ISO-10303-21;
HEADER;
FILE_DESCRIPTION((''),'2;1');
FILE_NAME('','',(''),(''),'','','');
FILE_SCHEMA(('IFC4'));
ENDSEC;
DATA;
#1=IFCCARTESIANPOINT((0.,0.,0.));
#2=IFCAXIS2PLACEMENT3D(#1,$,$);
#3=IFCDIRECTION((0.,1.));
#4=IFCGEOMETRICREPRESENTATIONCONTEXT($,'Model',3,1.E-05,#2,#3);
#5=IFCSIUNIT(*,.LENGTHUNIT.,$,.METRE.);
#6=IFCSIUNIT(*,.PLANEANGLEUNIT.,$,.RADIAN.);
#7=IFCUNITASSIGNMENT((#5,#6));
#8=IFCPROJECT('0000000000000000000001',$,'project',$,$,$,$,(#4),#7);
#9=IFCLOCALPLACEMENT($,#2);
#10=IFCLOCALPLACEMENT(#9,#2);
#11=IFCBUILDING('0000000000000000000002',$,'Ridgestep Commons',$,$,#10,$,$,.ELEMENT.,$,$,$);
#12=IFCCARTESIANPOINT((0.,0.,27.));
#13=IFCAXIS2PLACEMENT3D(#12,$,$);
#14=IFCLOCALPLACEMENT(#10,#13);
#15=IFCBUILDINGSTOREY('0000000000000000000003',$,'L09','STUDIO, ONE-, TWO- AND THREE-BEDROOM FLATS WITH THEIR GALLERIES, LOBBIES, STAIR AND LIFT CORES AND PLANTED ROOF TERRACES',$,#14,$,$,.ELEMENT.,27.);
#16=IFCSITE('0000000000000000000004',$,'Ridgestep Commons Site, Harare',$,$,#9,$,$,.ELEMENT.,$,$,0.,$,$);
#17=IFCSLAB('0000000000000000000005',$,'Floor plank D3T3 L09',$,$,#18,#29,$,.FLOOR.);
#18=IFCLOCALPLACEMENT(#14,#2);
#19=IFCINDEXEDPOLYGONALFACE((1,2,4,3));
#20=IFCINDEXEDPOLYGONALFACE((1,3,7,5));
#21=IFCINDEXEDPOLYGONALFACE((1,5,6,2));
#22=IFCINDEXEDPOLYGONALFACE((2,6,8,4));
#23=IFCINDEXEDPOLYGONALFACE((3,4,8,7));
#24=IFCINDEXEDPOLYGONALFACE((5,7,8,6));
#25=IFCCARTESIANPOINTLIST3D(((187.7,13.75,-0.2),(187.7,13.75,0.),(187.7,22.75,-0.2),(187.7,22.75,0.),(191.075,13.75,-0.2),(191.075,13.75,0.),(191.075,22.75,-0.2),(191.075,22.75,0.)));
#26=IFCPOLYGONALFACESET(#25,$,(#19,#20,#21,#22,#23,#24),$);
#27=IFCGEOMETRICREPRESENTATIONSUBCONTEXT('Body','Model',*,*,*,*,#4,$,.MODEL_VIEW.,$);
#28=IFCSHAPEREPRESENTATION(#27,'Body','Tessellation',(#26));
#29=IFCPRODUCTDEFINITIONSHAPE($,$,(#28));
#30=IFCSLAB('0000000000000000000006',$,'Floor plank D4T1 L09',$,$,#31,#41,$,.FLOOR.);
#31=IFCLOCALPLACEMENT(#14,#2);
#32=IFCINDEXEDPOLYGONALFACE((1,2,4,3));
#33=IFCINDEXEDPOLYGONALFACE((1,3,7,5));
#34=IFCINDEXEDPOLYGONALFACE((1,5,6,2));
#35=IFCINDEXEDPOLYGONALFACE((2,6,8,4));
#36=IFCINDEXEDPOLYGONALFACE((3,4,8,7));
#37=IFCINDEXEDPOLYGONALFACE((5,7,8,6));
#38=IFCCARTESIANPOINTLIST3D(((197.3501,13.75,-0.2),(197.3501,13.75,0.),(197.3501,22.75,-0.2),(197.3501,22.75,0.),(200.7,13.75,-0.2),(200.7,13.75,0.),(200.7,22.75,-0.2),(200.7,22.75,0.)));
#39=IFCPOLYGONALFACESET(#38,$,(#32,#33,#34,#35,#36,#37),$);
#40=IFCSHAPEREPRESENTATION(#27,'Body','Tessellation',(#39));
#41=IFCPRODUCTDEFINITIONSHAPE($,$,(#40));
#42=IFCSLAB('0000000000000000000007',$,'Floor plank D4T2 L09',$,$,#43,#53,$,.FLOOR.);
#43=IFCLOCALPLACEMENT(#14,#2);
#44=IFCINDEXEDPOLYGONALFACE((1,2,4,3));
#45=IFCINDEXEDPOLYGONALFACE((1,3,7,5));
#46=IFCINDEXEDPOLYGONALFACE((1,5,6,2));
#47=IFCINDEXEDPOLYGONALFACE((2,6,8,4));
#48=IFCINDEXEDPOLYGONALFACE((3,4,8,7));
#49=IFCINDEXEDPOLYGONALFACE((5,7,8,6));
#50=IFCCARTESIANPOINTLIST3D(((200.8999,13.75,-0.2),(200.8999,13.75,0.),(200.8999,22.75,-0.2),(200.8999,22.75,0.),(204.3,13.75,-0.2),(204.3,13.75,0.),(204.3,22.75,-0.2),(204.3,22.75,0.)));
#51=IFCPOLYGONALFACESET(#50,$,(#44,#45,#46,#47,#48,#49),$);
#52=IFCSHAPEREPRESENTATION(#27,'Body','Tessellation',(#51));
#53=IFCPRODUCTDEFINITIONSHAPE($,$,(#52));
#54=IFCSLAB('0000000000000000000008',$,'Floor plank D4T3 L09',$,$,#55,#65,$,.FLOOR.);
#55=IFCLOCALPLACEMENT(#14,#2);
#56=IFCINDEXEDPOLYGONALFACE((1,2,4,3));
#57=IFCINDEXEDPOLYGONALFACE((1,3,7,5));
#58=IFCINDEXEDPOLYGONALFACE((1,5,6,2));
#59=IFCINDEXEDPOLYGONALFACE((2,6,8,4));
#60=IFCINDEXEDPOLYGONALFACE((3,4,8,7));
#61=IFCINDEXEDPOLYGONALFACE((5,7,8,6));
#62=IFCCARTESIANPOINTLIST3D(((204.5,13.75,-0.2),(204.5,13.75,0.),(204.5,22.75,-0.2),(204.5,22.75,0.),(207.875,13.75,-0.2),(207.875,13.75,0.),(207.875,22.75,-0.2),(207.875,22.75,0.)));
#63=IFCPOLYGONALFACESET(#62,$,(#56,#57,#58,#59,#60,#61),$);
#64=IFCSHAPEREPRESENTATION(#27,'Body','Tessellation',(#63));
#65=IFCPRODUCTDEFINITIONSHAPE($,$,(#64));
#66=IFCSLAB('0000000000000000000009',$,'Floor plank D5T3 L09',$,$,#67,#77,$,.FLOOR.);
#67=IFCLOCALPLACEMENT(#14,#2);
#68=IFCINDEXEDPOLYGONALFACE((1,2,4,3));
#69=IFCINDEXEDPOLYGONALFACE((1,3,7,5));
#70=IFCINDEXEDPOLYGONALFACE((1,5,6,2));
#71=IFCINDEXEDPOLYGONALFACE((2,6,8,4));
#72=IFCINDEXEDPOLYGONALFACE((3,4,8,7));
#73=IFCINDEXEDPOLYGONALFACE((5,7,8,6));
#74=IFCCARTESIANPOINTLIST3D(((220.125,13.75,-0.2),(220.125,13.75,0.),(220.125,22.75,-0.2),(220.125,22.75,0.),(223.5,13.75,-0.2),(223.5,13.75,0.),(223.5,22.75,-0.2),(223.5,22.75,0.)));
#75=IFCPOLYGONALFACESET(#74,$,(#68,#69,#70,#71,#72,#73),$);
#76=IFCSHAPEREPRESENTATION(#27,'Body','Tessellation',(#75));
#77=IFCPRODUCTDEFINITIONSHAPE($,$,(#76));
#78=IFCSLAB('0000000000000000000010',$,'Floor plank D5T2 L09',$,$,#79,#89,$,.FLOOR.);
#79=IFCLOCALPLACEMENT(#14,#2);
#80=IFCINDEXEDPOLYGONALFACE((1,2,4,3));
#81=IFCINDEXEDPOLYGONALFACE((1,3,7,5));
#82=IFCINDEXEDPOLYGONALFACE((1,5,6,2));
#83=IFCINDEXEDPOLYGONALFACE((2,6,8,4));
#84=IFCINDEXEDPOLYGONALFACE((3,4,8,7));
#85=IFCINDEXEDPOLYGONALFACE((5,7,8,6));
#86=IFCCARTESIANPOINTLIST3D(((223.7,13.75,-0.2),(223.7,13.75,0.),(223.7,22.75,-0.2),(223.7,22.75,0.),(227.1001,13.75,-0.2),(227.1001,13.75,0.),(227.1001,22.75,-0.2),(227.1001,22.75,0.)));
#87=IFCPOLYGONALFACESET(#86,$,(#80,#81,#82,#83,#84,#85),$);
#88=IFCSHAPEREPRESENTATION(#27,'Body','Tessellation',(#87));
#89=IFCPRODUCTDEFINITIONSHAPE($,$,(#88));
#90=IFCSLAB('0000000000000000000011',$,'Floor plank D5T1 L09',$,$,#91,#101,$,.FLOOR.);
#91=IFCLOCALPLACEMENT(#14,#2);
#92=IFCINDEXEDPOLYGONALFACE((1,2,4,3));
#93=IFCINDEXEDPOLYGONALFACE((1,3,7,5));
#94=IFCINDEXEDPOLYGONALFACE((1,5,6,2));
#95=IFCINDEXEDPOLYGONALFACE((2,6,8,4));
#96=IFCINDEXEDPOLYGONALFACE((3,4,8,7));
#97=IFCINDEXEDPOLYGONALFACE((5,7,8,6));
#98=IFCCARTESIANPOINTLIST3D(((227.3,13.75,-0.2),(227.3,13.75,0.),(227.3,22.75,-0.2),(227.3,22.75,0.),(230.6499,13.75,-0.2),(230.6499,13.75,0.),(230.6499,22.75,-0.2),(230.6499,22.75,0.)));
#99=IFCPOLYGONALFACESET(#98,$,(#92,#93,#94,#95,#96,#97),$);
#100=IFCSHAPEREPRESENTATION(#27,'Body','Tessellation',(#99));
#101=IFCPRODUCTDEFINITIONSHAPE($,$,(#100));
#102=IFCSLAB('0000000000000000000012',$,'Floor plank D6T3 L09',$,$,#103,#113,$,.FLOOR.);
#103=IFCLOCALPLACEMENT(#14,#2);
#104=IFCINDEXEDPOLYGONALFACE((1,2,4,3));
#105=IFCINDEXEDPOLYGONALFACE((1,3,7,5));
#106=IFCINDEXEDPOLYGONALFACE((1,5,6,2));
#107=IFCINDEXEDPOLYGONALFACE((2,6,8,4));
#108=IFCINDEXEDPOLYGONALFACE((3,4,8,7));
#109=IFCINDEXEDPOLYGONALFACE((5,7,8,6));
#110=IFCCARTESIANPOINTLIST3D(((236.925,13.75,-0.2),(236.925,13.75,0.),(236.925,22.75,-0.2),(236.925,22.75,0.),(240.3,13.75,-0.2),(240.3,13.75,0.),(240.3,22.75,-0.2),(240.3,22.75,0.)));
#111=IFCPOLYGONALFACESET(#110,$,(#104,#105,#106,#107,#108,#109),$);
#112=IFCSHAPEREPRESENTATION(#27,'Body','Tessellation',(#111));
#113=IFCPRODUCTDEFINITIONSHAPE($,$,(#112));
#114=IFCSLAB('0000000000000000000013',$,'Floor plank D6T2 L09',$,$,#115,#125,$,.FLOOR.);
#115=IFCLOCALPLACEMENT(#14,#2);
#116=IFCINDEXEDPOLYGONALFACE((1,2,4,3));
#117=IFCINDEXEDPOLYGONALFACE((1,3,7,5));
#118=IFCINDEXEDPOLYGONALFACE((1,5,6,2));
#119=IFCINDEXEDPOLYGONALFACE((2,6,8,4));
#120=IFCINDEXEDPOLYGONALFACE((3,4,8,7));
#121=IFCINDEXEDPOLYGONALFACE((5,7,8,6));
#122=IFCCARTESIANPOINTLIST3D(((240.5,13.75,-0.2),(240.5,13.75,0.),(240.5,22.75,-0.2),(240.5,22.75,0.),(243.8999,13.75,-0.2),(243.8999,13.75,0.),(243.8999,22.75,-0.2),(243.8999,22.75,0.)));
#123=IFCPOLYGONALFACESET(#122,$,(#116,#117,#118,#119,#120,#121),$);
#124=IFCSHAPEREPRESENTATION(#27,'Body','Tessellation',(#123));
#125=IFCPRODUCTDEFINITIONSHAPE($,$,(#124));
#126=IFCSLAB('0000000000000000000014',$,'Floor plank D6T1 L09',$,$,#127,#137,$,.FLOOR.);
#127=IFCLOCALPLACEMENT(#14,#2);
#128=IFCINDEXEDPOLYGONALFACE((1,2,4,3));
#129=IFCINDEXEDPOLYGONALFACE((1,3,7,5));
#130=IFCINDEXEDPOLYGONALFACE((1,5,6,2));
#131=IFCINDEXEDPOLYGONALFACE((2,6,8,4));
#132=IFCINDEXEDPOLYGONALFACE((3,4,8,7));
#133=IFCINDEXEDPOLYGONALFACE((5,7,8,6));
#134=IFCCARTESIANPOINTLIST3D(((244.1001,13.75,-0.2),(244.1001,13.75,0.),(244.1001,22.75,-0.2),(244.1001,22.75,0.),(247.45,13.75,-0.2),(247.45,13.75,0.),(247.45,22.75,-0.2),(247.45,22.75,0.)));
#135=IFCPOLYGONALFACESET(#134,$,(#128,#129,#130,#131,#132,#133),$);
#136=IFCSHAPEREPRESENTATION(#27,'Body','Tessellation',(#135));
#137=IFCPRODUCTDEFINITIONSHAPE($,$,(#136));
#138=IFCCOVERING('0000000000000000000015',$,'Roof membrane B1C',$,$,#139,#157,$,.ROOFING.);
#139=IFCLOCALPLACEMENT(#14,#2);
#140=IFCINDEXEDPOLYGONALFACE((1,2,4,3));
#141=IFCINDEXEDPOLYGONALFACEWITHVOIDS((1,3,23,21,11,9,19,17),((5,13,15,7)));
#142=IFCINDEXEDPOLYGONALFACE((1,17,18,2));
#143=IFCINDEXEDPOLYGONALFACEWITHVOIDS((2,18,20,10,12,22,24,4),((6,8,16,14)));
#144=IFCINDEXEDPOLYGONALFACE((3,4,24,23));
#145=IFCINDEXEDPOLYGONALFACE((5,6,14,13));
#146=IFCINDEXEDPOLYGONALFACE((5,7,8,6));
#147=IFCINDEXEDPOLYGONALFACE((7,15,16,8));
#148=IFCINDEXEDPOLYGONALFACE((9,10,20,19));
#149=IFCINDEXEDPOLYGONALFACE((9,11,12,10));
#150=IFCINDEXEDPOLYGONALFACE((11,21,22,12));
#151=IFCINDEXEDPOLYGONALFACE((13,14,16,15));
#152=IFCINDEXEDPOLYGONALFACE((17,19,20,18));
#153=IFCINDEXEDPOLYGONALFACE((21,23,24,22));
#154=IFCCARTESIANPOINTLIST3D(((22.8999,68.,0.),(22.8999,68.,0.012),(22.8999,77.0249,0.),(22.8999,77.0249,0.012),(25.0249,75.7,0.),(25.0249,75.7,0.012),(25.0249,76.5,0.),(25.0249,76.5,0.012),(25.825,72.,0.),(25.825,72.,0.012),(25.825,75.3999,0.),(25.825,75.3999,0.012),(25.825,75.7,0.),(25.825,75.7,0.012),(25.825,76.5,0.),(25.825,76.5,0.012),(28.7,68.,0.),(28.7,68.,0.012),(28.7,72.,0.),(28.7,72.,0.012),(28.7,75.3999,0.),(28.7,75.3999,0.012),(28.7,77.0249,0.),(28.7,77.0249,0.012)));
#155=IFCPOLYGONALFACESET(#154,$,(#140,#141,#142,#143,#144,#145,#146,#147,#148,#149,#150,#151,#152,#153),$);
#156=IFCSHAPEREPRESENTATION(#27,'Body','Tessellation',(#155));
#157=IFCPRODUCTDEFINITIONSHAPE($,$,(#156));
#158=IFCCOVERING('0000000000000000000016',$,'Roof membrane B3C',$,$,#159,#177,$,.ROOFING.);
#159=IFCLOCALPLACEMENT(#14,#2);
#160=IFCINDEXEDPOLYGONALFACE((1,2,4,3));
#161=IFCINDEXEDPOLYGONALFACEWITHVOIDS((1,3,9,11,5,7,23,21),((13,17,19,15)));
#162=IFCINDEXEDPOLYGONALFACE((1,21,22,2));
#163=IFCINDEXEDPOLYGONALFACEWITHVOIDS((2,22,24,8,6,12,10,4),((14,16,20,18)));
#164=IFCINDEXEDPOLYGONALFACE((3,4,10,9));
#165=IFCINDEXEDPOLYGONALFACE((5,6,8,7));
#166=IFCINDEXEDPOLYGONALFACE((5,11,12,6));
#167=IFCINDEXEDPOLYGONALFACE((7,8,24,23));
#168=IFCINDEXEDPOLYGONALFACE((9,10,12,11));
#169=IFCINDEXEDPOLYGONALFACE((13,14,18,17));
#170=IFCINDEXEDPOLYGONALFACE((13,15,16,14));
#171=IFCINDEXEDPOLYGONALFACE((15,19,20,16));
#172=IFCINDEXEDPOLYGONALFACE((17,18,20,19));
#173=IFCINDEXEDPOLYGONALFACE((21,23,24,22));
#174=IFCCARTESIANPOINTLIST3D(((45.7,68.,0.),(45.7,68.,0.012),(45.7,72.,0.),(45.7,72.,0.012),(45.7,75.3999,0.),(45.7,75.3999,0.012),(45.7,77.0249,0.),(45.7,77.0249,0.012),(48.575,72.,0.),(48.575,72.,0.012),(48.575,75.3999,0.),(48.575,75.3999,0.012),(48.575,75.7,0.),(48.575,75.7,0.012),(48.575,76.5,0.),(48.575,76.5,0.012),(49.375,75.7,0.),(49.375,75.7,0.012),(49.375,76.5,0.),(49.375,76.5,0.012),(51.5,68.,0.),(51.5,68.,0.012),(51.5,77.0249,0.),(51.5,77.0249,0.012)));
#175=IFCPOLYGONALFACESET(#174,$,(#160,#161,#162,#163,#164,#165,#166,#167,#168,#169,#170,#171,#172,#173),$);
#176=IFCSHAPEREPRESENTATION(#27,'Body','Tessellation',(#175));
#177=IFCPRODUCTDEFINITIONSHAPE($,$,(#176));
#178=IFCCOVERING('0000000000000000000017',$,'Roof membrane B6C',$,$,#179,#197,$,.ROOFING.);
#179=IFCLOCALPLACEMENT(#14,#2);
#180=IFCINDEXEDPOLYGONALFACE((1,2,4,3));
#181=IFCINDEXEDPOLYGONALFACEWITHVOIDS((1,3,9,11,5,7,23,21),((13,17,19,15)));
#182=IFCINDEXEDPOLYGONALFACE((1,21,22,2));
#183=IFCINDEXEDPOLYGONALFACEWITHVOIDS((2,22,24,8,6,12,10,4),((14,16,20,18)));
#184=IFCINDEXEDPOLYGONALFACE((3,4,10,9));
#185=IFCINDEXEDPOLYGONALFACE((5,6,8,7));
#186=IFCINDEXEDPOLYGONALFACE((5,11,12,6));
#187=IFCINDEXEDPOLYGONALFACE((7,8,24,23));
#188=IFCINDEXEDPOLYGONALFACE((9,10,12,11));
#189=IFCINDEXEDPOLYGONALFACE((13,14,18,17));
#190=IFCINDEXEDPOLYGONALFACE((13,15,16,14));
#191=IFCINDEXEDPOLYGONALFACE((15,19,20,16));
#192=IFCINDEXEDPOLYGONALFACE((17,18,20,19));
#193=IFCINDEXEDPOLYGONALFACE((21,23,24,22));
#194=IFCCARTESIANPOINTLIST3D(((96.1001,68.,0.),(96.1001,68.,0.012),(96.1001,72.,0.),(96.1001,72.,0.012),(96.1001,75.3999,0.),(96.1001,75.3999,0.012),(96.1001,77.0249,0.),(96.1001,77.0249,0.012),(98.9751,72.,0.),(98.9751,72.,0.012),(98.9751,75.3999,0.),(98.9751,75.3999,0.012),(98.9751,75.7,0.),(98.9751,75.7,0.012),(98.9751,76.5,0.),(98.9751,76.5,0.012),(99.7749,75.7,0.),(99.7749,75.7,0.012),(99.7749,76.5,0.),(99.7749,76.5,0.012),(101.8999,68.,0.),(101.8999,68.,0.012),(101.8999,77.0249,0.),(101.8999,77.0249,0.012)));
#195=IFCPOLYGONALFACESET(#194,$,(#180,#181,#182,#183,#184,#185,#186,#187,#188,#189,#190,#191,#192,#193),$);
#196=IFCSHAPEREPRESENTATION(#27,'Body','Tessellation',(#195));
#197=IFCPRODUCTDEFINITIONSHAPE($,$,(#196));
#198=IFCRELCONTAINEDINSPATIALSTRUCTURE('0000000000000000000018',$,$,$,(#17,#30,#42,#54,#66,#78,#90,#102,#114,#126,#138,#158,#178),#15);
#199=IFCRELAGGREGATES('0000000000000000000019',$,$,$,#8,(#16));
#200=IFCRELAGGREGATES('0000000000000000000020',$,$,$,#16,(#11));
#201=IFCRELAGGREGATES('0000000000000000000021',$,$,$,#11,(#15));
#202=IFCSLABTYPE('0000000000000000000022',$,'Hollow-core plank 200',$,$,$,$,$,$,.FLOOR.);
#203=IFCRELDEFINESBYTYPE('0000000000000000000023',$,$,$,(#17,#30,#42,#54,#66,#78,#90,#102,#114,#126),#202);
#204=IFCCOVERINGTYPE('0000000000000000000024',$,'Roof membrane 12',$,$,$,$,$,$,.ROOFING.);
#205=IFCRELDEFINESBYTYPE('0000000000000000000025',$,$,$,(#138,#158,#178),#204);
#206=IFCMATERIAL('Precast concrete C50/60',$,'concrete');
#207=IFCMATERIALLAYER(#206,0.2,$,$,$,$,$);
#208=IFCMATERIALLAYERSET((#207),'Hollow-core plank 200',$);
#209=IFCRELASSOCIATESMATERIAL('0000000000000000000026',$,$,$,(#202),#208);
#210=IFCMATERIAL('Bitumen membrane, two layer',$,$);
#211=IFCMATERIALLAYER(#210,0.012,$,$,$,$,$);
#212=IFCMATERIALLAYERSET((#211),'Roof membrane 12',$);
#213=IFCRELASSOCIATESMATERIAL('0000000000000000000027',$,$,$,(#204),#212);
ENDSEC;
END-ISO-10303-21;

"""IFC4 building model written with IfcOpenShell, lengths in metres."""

from ifc_helpers import new_model, si_unit, direction, frame, origin, place, context, subcontext, project, spatial, polyline, outline, extrude, material, layer, layer_set, type_object, element, save


model = new_model("IFC4")

# Units and contexts
model_context = context("Model", 3, precision=1e-05, world=origin(), true_north=direction((0.0, 1.0)))
body_context = subcontext(model_context, "Body", "Model", "MODEL_VIEW")
ifc_project = project(units=[si_unit("LENGTHUNIT", "METRE"), si_unit("PLANEANGLEUNIT", "RADIAN")], contexts=[model_context])

# Site, building, storey
site_placement = place(None, origin())
site = spatial("IfcSite", under=ifc_project, at=site_placement, Name="Ridgestep Commons Site, Harare", CompositionType="ELEMENT", RefElevation=0.0)
building_placement = place(site_placement, origin())
building = spatial("IfcBuilding", under=site, at=building_placement, Name="Ridgestep Commons", CompositionType="ELEMENT")
storey_placement = place(building_placement, frame((0.0, 0.0, 27.0)))
storey = spatial("IfcBuildingStorey", under=building, at=storey_placement, Name="L09", Description="STUDIO, ONE-, TWO- AND THREE-BEDROOM FLATS WITH THEIR GALLERIES, LOBBIES, STAIR AND LIFT CORES AND PLANTED ROOF TERRACES", CompositionType="ELEMENT", Elevation=27.0)

# Slabs
ifc_material_1 = material(Name="Precast concrete C50/60", Category="concrete")
ifc_layer_1 = layer(ifc_material_1, 0.2)
ifc_layer_set_1 = layer_set([ifc_layer_1], Name="Hollow-core plank 200")
slab_type_1 = type_object("IfcSlabType", Name="Hollow-core plank 200", PredefinedType="FLOOR", material=ifc_layer_set_1)
slab_1_placement = place(storey_placement, frame((0.0, 0.0, -0.2)))
element("IfcSlab", 1, at=slab_1_placement, inside=storey, type_object=slab_type_1, Name="Floor plank D3T3 L09", PredefinedType="FLOOR", context=body_context, shape_type="SweptSolid", body=[
    extrude(outline(polyline([(191.075, 13.75), (191.075, 22.75), (187.7, 22.75), (187.7, 13.75), (191.075, 13.75)])), origin(), (0.0, 0.0, 1.0), 0.2),
])
slab_2_placement = place(storey_placement, frame((0.0, 0.0, -0.2)))
element("IfcSlab", 2, at=slab_2_placement, inside=storey, type_object=slab_type_1, Name="Floor plank D4T1 L09", PredefinedType="FLOOR", context=body_context, shape_type="SweptSolid", body=[
    extrude(outline(polyline([(200.7, 13.75), (200.7, 22.75), (197.3501, 22.75), (197.3501, 13.75), (200.7, 13.75)])), origin(), (0.0, 0.0, 1.0), 0.2),
])
slab_3_placement = place(storey_placement, frame((0.0, 0.0, -0.2)))
element("IfcSlab", 3, at=slab_3_placement, inside=storey, type_object=slab_type_1, Name="Floor plank D4T2 L09", PredefinedType="FLOOR", context=body_context, shape_type="SweptSolid", body=[
    extrude(outline(polyline([(204.3, 13.75), (204.3, 22.75), (200.8999, 22.75), (200.8999, 13.75), (204.3, 13.75)])), origin(), (0.0, 0.0, 1.0), 0.2),
])
slab_4_placement = place(storey_placement, frame((0.0, 0.0, -0.2)))
element("IfcSlab", 4, at=slab_4_placement, inside=storey, type_object=slab_type_1, Name="Floor plank D4T3 L09", PredefinedType="FLOOR", context=body_context, shape_type="SweptSolid", body=[
    extrude(outline(polyline([(207.875, 13.75), (207.875, 22.75), (204.5, 22.75), (204.5, 13.75), (207.875, 13.75)])), origin(), (0.0, 0.0, 1.0), 0.2),
])
slab_5_placement = place(storey_placement, frame((0.0, 0.0, -0.2)))
element("IfcSlab", 5, at=slab_5_placement, inside=storey, type_object=slab_type_1, Name="Floor plank D5T3 L09", PredefinedType="FLOOR", context=body_context, shape_type="SweptSolid", body=[
    extrude(outline(polyline([(223.5, 13.75), (223.5, 22.75), (220.125, 22.75), (220.125, 13.75), (223.5, 13.75)])), origin(), (0.0, 0.0, 1.0), 0.2),
])
slab_6_placement = place(storey_placement, frame((0.0, 0.0, -0.2)))
element("IfcSlab", 6, at=slab_6_placement, inside=storey, type_object=slab_type_1, Name="Floor plank D5T2 L09", PredefinedType="FLOOR", context=body_context, shape_type="SweptSolid", body=[
    extrude(outline(polyline([(227.1001, 13.75), (227.1001, 22.75), (223.7, 22.75), (223.7, 13.75), (227.1001, 13.75)])), origin(), (0.0, 0.0, 1.0), 0.2),
])
slab_7_placement = place(storey_placement, frame((0.0, 0.0, -0.2)))
element("IfcSlab", 7, at=slab_7_placement, inside=storey, type_object=slab_type_1, Name="Floor plank D5T1 L09", PredefinedType="FLOOR", context=body_context, shape_type="SweptSolid", body=[
    extrude(outline(polyline([(230.6499, 13.75), (230.6499, 22.75), (227.3, 22.75), (227.3, 13.75), (230.6499, 13.75)])), origin(), (0.0, 0.0, 1.0), 0.2),
])
slab_8_placement = place(storey_placement, frame((0.0, 0.0, -0.2)))
element("IfcSlab", 8, at=slab_8_placement, inside=storey, type_object=slab_type_1, Name="Floor plank D6T3 L09", PredefinedType="FLOOR", context=body_context, shape_type="SweptSolid", body=[
    extrude(outline(polyline([(240.3, 13.75), (240.3, 22.75), (236.925, 22.75), (236.925, 13.75), (240.3, 13.75)])), origin(), (0.0, 0.0, 1.0), 0.2),
])
slab_9_placement = place(storey_placement, frame((0.0, 0.0, -0.2)))
element("IfcSlab", 9, at=slab_9_placement, inside=storey, type_object=slab_type_1, Name="Floor plank D6T2 L09", PredefinedType="FLOOR", context=body_context, shape_type="SweptSolid", body=[
    extrude(outline(polyline([(243.8999, 13.75), (243.8999, 22.75), (240.5, 22.75), (240.5, 13.75), (243.8999, 13.75)])), origin(), (0.0, 0.0, 1.0), 0.2),
])
slab_10_placement = place(storey_placement, frame((0.0, 0.0, -0.2)))
element("IfcSlab", 10, at=slab_10_placement, inside=storey, type_object=slab_type_1, Name="Floor plank D6T1 L09", PredefinedType="FLOOR", context=body_context, shape_type="SweptSolid", body=[
    extrude(outline(polyline([(247.45, 13.75), (247.45, 22.75), (244.1001, 22.75), (244.1001, 13.75), (247.45, 13.75)])), origin(), (0.0, 0.0, 1.0), 0.2),
])

# Coverings
ifc_material_2 = material(Name="Bitumen membrane, two layer")
ifc_layer_2 = layer(ifc_material_2, 0.012)
ifc_layer_set_2 = layer_set([ifc_layer_2], Name="Roof membrane 12")
covering_type_1 = type_object("IfcCoveringType", Name="Roof membrane 12", PredefinedType="ROOFING", material=ifc_layer_set_2)
covering_1_placement = place(storey_placement, origin())
element("IfcCovering", 11, at=covering_1_placement, inside=storey, type_object=covering_type_1, Name="Roof membrane B1C", PredefinedType="ROOFING", context=body_context, shape_type="SweptSolid", body=[
    extrude(outline(polyline([(22.8999, 68.0), (22.8999, 77.0249), (28.7, 77.0249), (28.7, 75.3999), (25.825, 75.3999), (25.825, 72.0), (28.7, 72.0), (28.7, 68.0), (22.8999, 68.0)]), holes=[polyline([(25.825, 76.5), (25.0249, 76.5), (25.0249, 75.7), (25.825, 75.7), (25.825, 76.5)])]), origin(), (0.0, 0.0, 1.0), 0.012),
])
covering_2_placement = place(storey_placement, origin())
element("IfcCovering", 12, at=covering_2_placement, inside=storey, type_object=covering_type_1, Name="Roof membrane B3C", PredefinedType="ROOFING", context=body_context, shape_type="SweptSolid", body=[
    extrude(outline(polyline([(51.5, 77.0249), (51.5, 68.0), (45.7, 68.0), (45.7, 72.0), (48.575, 72.0), (48.575, 75.3999), (45.7, 75.3999), (45.7, 77.0249), (51.5, 77.0249)]), holes=[polyline([(49.375, 76.5), (48.575, 76.5), (48.575, 75.7), (49.375, 75.7), (49.375, 76.5)])]), origin(), (0.0, 0.0, 1.0), 0.012),
])
covering_3_placement = place(storey_placement, origin())
element("IfcCovering", 13, at=covering_3_placement, inside=storey, type_object=covering_type_1, Name="Roof membrane B6C", PredefinedType="ROOFING", context=body_context, shape_type="SweptSolid", body=[
    extrude(outline(polyline([(101.8999, 77.0249), (101.8999, 68.0), (96.1001, 68.0), (96.1001, 72.0), (98.9751, 72.0), (98.9751, 75.3999), (96.1001, 75.3999), (96.1001, 77.0249), (101.8999, 77.0249)]), holes=[polyline([(99.7749, 76.5), (98.9751, 76.5), (98.9751, 75.7), (99.7749, 75.7), (99.7749, 76.5)])]), origin(), (0.0, 0.0, 1.0), 0.012),
])

save(model, "model.ifc")
